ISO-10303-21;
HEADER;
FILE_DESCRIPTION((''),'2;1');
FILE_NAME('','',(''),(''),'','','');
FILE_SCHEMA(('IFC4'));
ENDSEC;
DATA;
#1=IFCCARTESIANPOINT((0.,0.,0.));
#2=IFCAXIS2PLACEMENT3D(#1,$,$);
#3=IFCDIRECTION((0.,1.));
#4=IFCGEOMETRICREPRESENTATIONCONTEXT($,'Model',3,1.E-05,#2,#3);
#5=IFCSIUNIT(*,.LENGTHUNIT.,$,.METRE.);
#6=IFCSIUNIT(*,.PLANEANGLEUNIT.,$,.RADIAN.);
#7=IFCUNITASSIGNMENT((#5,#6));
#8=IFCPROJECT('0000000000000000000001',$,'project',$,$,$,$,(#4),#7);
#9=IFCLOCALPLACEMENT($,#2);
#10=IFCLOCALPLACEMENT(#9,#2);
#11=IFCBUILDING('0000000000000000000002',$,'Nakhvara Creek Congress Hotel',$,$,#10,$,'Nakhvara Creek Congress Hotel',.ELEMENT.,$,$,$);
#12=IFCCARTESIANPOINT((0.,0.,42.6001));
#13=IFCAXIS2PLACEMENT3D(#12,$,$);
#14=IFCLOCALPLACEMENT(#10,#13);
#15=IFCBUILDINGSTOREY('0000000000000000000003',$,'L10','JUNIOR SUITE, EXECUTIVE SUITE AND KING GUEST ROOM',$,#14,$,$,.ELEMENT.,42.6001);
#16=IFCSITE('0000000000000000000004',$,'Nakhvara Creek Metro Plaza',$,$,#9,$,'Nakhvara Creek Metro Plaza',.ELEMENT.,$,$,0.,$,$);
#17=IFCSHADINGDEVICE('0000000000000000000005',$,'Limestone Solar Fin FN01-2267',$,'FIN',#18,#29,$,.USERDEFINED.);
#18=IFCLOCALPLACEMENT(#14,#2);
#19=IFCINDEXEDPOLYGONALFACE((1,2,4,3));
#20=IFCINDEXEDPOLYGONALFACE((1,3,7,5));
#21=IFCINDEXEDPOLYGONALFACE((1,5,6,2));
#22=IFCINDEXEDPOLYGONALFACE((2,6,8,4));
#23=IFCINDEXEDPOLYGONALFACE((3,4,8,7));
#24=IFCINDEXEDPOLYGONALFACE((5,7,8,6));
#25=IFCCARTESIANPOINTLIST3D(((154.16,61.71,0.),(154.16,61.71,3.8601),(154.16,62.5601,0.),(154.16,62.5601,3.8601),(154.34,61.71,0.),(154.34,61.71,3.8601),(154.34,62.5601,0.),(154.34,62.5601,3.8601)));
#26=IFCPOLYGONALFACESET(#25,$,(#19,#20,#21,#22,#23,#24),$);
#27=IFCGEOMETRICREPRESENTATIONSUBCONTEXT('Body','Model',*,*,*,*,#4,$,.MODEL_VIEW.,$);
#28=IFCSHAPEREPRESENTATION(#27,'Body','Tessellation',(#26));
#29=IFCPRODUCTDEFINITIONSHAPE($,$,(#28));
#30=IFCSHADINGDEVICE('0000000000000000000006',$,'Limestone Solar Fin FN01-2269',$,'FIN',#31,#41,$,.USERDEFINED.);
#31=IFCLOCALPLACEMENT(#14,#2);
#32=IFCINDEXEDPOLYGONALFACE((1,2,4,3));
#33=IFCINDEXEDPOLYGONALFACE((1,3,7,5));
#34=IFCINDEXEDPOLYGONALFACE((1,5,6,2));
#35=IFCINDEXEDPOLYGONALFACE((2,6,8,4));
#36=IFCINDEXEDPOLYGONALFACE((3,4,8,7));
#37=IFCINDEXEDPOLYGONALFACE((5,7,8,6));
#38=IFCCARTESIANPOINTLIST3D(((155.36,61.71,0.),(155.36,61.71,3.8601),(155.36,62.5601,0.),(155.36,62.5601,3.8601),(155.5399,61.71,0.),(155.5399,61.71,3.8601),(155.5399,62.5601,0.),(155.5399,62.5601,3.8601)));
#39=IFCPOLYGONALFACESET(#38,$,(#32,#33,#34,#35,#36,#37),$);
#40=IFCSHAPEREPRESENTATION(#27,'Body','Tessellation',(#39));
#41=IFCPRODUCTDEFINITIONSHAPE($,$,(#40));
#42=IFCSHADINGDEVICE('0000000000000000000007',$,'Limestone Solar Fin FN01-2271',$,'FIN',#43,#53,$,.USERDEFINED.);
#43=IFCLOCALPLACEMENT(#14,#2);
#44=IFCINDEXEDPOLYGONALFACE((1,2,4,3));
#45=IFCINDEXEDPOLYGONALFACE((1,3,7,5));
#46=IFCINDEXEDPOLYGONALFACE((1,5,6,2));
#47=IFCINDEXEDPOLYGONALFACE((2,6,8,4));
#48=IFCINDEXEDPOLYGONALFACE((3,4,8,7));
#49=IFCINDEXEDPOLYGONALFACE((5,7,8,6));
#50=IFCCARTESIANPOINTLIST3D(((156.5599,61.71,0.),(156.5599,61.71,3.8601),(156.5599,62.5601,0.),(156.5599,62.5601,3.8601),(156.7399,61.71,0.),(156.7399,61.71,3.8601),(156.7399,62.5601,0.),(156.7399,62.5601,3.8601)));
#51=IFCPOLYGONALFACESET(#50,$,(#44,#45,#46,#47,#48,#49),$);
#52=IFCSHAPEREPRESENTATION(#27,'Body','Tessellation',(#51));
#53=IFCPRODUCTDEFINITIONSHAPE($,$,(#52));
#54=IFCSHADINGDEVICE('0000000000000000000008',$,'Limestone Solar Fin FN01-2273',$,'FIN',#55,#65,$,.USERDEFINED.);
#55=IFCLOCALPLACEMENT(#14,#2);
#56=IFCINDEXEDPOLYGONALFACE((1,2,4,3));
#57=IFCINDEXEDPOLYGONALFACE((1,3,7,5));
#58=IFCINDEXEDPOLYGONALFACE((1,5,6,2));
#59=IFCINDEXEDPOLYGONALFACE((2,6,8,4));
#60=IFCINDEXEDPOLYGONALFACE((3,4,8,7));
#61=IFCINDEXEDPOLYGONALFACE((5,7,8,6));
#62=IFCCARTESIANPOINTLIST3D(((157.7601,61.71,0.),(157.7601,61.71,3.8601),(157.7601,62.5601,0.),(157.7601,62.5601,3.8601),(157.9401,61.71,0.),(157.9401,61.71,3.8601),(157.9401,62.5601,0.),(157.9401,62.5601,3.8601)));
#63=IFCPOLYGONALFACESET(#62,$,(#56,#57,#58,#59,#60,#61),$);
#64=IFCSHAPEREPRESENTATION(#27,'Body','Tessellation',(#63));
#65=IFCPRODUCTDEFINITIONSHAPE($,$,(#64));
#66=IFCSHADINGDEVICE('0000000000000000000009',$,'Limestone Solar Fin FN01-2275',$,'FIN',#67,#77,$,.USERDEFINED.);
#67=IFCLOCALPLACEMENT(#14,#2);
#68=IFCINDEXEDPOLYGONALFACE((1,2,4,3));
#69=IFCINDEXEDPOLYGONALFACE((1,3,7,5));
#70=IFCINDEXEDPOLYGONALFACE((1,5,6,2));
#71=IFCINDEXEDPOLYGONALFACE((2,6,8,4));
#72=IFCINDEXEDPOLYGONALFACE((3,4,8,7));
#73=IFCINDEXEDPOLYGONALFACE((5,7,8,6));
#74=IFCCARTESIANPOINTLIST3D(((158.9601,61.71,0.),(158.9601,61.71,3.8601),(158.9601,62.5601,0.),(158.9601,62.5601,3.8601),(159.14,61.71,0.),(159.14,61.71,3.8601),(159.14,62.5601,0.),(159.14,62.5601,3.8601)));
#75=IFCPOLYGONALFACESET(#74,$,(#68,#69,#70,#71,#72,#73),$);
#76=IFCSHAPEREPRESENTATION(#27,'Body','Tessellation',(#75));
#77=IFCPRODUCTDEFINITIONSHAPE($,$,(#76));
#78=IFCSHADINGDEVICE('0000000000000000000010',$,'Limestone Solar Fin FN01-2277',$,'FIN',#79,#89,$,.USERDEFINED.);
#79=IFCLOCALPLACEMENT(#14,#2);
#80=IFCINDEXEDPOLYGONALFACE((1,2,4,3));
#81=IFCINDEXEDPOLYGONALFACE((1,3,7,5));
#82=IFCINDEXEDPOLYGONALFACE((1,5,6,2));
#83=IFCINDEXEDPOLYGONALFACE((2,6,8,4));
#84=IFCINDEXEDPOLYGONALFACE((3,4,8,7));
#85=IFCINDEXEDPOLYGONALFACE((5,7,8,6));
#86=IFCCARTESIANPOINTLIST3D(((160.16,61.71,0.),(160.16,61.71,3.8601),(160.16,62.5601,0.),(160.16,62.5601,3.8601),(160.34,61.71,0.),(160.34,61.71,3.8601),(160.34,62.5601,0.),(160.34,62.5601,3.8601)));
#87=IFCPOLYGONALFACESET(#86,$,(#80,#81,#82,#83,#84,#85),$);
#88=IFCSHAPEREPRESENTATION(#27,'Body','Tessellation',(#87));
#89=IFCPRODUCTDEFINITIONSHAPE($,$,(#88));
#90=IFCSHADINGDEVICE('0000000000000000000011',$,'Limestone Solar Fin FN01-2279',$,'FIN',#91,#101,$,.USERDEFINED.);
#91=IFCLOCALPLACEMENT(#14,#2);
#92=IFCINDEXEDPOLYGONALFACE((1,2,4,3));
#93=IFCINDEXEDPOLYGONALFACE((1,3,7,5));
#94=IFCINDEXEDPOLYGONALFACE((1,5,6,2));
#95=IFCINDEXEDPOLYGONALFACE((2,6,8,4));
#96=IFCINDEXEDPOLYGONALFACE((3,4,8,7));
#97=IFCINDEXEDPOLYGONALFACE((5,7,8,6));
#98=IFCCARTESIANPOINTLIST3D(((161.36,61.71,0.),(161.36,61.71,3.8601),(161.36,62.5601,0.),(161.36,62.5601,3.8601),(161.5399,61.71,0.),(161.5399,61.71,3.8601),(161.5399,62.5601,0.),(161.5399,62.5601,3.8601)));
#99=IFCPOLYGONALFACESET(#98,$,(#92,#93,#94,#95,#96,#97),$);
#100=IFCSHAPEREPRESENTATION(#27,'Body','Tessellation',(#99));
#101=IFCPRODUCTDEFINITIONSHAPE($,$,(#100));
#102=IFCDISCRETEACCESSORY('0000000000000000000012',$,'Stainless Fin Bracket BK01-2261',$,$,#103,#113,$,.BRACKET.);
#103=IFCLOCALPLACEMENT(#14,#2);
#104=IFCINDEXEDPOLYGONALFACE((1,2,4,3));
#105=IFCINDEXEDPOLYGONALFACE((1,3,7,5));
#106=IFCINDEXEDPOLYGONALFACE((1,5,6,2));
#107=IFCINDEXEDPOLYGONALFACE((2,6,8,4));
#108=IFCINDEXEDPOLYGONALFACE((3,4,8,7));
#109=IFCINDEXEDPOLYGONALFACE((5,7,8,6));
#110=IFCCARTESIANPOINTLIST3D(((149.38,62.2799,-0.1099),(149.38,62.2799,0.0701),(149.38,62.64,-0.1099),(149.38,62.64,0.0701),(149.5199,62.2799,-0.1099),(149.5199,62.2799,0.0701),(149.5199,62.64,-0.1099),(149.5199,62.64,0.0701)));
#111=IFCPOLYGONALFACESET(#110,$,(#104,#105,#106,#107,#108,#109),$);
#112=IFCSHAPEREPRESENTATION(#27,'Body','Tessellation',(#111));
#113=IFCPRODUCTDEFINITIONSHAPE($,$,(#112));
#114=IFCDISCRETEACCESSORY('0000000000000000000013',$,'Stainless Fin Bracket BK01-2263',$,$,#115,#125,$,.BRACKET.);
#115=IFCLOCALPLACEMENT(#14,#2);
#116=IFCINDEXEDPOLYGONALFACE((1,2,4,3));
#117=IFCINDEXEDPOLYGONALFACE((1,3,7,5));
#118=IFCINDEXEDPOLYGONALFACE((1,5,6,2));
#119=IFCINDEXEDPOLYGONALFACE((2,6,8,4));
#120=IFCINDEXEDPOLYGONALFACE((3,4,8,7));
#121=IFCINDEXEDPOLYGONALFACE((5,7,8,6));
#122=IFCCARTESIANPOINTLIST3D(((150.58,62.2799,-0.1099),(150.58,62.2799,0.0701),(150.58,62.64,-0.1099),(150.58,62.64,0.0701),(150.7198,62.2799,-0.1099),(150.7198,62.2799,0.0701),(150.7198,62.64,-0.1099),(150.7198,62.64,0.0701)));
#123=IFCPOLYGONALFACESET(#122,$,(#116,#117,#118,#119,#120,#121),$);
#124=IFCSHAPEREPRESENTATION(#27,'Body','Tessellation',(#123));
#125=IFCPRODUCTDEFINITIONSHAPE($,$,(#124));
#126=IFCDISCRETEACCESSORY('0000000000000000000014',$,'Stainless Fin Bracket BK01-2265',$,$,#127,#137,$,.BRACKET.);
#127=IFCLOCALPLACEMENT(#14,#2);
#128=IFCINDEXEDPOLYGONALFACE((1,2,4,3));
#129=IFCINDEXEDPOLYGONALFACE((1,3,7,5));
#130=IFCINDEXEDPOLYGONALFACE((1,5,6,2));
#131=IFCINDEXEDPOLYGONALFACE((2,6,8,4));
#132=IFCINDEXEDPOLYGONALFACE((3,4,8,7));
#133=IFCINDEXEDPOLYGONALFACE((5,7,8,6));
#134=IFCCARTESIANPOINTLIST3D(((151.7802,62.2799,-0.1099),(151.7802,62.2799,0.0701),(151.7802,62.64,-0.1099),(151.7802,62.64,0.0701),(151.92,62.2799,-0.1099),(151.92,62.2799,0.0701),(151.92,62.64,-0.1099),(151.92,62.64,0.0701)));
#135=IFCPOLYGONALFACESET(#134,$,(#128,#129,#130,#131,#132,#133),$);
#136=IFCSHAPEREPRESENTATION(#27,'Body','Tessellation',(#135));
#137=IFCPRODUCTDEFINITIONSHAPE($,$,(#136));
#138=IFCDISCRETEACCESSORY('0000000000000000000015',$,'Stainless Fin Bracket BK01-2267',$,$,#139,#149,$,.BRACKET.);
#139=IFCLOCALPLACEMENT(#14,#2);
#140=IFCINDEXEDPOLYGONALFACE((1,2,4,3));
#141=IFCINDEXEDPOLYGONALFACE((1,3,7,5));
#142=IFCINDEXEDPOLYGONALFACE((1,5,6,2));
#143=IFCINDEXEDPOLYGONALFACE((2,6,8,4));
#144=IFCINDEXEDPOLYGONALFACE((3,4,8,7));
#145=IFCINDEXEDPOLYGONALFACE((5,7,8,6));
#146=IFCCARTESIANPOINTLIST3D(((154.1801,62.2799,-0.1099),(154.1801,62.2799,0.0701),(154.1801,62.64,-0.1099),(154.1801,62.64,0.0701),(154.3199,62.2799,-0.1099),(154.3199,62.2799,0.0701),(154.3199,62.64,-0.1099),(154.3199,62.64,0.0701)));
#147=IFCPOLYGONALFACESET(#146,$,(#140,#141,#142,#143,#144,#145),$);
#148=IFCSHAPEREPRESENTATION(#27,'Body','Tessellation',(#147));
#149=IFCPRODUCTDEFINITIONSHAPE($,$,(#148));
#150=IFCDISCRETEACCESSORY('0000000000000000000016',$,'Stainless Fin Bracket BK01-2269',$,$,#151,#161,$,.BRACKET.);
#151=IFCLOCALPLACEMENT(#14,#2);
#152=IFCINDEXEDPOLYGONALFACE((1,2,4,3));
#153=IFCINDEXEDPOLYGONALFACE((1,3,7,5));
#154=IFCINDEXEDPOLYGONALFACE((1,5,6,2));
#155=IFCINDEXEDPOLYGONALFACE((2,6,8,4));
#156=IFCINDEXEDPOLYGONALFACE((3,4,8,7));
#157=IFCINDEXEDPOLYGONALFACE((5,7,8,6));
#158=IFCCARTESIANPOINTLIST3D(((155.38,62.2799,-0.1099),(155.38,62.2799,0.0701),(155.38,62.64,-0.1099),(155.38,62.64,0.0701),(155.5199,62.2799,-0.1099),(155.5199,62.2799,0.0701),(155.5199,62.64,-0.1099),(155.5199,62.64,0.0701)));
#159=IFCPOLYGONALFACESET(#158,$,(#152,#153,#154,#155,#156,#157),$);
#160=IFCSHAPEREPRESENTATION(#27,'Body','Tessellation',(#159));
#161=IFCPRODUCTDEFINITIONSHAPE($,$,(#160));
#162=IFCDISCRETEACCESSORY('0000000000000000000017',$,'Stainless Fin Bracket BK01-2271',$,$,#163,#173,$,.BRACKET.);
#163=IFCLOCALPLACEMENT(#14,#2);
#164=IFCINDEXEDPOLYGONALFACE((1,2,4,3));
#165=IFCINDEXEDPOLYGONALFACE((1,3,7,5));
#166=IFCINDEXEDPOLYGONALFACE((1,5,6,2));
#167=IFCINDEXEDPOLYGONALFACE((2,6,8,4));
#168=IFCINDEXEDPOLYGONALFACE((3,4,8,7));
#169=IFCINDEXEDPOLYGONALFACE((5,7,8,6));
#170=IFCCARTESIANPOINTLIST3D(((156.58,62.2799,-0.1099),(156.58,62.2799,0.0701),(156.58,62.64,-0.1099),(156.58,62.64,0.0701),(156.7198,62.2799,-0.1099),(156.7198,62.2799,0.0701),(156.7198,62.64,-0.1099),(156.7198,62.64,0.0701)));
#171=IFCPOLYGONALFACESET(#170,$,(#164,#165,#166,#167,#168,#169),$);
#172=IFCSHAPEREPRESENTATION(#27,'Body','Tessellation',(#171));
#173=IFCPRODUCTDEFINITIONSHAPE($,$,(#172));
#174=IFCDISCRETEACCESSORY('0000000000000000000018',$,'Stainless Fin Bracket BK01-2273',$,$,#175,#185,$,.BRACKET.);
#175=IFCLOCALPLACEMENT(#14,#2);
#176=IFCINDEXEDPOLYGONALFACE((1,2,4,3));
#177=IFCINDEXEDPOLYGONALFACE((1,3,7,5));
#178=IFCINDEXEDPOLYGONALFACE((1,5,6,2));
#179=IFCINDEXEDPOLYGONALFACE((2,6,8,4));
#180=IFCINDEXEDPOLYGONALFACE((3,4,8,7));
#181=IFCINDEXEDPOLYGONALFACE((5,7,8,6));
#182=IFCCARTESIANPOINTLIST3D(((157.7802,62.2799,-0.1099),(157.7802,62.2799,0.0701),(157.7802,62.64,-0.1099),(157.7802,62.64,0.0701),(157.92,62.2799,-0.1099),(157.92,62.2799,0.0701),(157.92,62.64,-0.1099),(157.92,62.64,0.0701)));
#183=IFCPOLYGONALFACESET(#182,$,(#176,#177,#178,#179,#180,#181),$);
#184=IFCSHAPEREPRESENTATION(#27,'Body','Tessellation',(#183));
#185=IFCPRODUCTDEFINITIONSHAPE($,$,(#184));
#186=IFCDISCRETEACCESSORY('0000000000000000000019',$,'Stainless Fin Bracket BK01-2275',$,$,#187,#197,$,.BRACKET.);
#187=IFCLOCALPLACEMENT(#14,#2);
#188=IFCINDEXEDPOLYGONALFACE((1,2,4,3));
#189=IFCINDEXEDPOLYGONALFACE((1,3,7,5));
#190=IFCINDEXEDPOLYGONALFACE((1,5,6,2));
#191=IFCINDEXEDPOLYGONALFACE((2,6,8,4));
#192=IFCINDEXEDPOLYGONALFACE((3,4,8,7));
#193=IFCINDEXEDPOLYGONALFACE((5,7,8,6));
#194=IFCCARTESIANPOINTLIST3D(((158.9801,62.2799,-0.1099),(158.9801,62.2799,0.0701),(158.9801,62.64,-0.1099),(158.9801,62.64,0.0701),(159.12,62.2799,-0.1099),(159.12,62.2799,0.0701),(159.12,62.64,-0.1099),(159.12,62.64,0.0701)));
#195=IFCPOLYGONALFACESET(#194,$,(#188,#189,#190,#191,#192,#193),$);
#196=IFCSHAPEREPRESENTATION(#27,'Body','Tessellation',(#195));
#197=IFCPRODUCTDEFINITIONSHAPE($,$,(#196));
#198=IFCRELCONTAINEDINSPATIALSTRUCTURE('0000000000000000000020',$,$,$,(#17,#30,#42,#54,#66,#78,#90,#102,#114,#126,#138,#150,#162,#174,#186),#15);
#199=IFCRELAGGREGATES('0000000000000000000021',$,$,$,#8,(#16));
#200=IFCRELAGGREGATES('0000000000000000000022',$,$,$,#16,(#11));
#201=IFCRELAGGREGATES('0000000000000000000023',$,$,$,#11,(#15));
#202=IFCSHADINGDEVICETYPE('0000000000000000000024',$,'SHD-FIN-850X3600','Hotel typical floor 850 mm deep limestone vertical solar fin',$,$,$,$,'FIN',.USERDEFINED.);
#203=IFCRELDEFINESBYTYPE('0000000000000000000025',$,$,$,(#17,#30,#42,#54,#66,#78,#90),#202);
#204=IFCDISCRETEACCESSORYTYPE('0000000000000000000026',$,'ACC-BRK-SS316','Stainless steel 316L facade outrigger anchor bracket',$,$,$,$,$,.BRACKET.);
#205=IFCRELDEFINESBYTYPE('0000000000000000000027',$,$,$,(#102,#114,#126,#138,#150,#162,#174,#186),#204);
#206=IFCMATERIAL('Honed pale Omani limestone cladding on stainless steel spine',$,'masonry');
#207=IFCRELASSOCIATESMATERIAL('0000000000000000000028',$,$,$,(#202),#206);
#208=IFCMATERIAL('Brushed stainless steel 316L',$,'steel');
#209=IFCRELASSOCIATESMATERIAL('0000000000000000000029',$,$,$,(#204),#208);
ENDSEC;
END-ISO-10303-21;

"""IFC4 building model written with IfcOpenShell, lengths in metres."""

from ifc_helpers import new_model, si_unit, direction, frame, origin, origin_2d, place, context, subcontext, project, spatial, rectangle, extrude, material, type_object, element, save


model = new_model("IFC4")

# Units and contexts
model_context = context("Model", 3, precision=1e-05, world=origin(), true_north=direction((0.0, 1.0)))
body_context = subcontext(model_context, "Body", "Model", "MODEL_VIEW")
ifc_project = project(units=[si_unit("LENGTHUNIT", "METRE"), si_unit("PLANEANGLEUNIT", "RADIAN")], contexts=[model_context])

# Site, building, storey
site_placement = place(None, origin())
site = spatial("IfcSite", under=ifc_project, at=site_placement, Name="Nakhvara Creek Metro Plaza", LongName="Nakhvara Creek Metro Plaza", CompositionType="ELEMENT", RefElevation=0.0)
building_placement = place(site_placement, origin())
building = spatial("IfcBuilding", under=site, at=building_placement, Name="Nakhvara Creek Congress Hotel", LongName="Nakhvara Creek Congress Hotel", CompositionType="ELEMENT")
storey_placement = place(building_placement, frame((0.0, 0.0, 42.6001)))
storey = spatial("IfcBuildingStorey", under=building, at=storey_placement, Name="L10", Description="JUNIOR SUITE, EXECUTIVE SUITE AND KING GUEST ROOM", CompositionType="ELEMENT", Elevation=42.6001)

# Shading devices
ifc_material_1 = material(Name="Honed pale Omani limestone cladding on stainless steel spine", Category="masonry")
shading_device_type = type_object("IfcShadingDeviceType", Name="SHD-FIN-850X3600", Description="Hotel typical floor 850 mm deep limestone vertical solar fin", ElementType="FIN", PredefinedType="USERDEFINED", material=ifc_material_1)
for number, where, z_axis, x_axis, name in (
    (1, (154.25, 62.135, 0.0), (0.0, 0.0, 1.0), (1.0, 0.0, 0.0), "Limestone Solar Fin FN01-2267"),
    (2, (155.45, 62.135, 0.0), (0.0, 0.0, 1.0), (1.0, 0.0, 0.0), "Limestone Solar Fin FN01-2269"),
    (3, (156.6499, 62.135, 0.0), (0.0, 0.0, 1.0), (1.0, 0.0, 0.0), "Limestone Solar Fin FN01-2271"),
    (4, (157.8501, 62.135, 0.0), (0.0, 0.0, 1.0), (1.0, 0.0, 0.0), "Limestone Solar Fin FN01-2273"),
    (5, (159.05, 62.135, 0.0), (0.0, 0.0, 1.0), (1.0, 0.0, 0.0), "Limestone Solar Fin FN01-2275"),
    (6, (160.25, 62.135, 0.0), (0.0, 0.0, 1.0), (1.0, 0.0, 0.0), "Limestone Solar Fin FN01-2277"),
    (7, (161.45, 62.135, 0.0), (0.0, 0.0, 1.0), (1.0, 0.0, 0.0), "Limestone Solar Fin FN01-2279"),
):
    element("IfcShadingDevice", number, at=place(storey_placement, frame(where, z_axis=z_axis, x_axis=x_axis)), inside=storey, type_object=shading_device_type, Name=name, ObjectType="FIN", PredefinedType="USERDEFINED", context=body_context, shape_type="SweptSolid", body=[
        extrude(rectangle(XDim=0.1799, YDim=0.8501, at=origin_2d()), origin(), (0.0, 0.0, 1.0), 3.8601),
    ])

# Discrete accessories
ifc_material_2 = material(Name="Brushed stainless steel 316L", Category="steel")
discrete_accessory_type = type_object("IfcDiscreteAccessoryType", Name="ACC-BRK-SS316", Description="Stainless steel 316L facade outrigger anchor bracket", PredefinedType="BRACKET", material=ifc_material_2)
for number, where, z_axis, x_axis, name in (
    (8, (149.45, 62.46, -0.1099), (0.0, 0.0, 1.0), (1.0, 0.0, 0.0), "Stainless Fin Bracket BK01-2261"),
    (9, (150.6499, 62.46, -0.1099), (0.0, 0.0, 1.0), (1.0, 0.0, 0.0), "Stainless Fin Bracket BK01-2263"),
    (10, (151.8501, 62.46, -0.1099), (0.0, 0.0, 1.0), (1.0, 0.0, 0.0), "Stainless Fin Bracket BK01-2265"),
    (11, (154.25, 62.46, -0.1099), (0.0, 0.0, 1.0), (1.0, 0.0, 0.0), "Stainless Fin Bracket BK01-2267"),
    (12, (155.45, 62.46, -0.1099), (0.0, 0.0, 1.0), (1.0, 0.0, 0.0), "Stainless Fin Bracket BK01-2269"),
    (13, (156.6499, 62.46, -0.1099), (0.0, 0.0, 1.0), (1.0, 0.0, 0.0), "Stainless Fin Bracket BK01-2271"),
    (14, (157.8501, 62.46, -0.1099), (0.0, 0.0, 1.0), (1.0, 0.0, 0.0), "Stainless Fin Bracket BK01-2273"),
    (15, (159.05, 62.46, -0.1099), (0.0, 0.0, 1.0), (1.0, 0.0, 0.0), "Stainless Fin Bracket BK01-2275"),
):
    element("IfcDiscreteAccessory", number, at=place(storey_placement, frame(where, z_axis=z_axis, x_axis=x_axis)), inside=storey, type_object=discrete_accessory_type, Name=name, PredefinedType="BRACKET", context=body_context, shape_type="SweptSolid", body=[
        extrude(rectangle(XDim=0.1399, YDim=0.3601, at=origin_2d()), origin(), (0.0, 0.0, 1.0), 0.1799),
    ])

save(model, "model.ifc")
